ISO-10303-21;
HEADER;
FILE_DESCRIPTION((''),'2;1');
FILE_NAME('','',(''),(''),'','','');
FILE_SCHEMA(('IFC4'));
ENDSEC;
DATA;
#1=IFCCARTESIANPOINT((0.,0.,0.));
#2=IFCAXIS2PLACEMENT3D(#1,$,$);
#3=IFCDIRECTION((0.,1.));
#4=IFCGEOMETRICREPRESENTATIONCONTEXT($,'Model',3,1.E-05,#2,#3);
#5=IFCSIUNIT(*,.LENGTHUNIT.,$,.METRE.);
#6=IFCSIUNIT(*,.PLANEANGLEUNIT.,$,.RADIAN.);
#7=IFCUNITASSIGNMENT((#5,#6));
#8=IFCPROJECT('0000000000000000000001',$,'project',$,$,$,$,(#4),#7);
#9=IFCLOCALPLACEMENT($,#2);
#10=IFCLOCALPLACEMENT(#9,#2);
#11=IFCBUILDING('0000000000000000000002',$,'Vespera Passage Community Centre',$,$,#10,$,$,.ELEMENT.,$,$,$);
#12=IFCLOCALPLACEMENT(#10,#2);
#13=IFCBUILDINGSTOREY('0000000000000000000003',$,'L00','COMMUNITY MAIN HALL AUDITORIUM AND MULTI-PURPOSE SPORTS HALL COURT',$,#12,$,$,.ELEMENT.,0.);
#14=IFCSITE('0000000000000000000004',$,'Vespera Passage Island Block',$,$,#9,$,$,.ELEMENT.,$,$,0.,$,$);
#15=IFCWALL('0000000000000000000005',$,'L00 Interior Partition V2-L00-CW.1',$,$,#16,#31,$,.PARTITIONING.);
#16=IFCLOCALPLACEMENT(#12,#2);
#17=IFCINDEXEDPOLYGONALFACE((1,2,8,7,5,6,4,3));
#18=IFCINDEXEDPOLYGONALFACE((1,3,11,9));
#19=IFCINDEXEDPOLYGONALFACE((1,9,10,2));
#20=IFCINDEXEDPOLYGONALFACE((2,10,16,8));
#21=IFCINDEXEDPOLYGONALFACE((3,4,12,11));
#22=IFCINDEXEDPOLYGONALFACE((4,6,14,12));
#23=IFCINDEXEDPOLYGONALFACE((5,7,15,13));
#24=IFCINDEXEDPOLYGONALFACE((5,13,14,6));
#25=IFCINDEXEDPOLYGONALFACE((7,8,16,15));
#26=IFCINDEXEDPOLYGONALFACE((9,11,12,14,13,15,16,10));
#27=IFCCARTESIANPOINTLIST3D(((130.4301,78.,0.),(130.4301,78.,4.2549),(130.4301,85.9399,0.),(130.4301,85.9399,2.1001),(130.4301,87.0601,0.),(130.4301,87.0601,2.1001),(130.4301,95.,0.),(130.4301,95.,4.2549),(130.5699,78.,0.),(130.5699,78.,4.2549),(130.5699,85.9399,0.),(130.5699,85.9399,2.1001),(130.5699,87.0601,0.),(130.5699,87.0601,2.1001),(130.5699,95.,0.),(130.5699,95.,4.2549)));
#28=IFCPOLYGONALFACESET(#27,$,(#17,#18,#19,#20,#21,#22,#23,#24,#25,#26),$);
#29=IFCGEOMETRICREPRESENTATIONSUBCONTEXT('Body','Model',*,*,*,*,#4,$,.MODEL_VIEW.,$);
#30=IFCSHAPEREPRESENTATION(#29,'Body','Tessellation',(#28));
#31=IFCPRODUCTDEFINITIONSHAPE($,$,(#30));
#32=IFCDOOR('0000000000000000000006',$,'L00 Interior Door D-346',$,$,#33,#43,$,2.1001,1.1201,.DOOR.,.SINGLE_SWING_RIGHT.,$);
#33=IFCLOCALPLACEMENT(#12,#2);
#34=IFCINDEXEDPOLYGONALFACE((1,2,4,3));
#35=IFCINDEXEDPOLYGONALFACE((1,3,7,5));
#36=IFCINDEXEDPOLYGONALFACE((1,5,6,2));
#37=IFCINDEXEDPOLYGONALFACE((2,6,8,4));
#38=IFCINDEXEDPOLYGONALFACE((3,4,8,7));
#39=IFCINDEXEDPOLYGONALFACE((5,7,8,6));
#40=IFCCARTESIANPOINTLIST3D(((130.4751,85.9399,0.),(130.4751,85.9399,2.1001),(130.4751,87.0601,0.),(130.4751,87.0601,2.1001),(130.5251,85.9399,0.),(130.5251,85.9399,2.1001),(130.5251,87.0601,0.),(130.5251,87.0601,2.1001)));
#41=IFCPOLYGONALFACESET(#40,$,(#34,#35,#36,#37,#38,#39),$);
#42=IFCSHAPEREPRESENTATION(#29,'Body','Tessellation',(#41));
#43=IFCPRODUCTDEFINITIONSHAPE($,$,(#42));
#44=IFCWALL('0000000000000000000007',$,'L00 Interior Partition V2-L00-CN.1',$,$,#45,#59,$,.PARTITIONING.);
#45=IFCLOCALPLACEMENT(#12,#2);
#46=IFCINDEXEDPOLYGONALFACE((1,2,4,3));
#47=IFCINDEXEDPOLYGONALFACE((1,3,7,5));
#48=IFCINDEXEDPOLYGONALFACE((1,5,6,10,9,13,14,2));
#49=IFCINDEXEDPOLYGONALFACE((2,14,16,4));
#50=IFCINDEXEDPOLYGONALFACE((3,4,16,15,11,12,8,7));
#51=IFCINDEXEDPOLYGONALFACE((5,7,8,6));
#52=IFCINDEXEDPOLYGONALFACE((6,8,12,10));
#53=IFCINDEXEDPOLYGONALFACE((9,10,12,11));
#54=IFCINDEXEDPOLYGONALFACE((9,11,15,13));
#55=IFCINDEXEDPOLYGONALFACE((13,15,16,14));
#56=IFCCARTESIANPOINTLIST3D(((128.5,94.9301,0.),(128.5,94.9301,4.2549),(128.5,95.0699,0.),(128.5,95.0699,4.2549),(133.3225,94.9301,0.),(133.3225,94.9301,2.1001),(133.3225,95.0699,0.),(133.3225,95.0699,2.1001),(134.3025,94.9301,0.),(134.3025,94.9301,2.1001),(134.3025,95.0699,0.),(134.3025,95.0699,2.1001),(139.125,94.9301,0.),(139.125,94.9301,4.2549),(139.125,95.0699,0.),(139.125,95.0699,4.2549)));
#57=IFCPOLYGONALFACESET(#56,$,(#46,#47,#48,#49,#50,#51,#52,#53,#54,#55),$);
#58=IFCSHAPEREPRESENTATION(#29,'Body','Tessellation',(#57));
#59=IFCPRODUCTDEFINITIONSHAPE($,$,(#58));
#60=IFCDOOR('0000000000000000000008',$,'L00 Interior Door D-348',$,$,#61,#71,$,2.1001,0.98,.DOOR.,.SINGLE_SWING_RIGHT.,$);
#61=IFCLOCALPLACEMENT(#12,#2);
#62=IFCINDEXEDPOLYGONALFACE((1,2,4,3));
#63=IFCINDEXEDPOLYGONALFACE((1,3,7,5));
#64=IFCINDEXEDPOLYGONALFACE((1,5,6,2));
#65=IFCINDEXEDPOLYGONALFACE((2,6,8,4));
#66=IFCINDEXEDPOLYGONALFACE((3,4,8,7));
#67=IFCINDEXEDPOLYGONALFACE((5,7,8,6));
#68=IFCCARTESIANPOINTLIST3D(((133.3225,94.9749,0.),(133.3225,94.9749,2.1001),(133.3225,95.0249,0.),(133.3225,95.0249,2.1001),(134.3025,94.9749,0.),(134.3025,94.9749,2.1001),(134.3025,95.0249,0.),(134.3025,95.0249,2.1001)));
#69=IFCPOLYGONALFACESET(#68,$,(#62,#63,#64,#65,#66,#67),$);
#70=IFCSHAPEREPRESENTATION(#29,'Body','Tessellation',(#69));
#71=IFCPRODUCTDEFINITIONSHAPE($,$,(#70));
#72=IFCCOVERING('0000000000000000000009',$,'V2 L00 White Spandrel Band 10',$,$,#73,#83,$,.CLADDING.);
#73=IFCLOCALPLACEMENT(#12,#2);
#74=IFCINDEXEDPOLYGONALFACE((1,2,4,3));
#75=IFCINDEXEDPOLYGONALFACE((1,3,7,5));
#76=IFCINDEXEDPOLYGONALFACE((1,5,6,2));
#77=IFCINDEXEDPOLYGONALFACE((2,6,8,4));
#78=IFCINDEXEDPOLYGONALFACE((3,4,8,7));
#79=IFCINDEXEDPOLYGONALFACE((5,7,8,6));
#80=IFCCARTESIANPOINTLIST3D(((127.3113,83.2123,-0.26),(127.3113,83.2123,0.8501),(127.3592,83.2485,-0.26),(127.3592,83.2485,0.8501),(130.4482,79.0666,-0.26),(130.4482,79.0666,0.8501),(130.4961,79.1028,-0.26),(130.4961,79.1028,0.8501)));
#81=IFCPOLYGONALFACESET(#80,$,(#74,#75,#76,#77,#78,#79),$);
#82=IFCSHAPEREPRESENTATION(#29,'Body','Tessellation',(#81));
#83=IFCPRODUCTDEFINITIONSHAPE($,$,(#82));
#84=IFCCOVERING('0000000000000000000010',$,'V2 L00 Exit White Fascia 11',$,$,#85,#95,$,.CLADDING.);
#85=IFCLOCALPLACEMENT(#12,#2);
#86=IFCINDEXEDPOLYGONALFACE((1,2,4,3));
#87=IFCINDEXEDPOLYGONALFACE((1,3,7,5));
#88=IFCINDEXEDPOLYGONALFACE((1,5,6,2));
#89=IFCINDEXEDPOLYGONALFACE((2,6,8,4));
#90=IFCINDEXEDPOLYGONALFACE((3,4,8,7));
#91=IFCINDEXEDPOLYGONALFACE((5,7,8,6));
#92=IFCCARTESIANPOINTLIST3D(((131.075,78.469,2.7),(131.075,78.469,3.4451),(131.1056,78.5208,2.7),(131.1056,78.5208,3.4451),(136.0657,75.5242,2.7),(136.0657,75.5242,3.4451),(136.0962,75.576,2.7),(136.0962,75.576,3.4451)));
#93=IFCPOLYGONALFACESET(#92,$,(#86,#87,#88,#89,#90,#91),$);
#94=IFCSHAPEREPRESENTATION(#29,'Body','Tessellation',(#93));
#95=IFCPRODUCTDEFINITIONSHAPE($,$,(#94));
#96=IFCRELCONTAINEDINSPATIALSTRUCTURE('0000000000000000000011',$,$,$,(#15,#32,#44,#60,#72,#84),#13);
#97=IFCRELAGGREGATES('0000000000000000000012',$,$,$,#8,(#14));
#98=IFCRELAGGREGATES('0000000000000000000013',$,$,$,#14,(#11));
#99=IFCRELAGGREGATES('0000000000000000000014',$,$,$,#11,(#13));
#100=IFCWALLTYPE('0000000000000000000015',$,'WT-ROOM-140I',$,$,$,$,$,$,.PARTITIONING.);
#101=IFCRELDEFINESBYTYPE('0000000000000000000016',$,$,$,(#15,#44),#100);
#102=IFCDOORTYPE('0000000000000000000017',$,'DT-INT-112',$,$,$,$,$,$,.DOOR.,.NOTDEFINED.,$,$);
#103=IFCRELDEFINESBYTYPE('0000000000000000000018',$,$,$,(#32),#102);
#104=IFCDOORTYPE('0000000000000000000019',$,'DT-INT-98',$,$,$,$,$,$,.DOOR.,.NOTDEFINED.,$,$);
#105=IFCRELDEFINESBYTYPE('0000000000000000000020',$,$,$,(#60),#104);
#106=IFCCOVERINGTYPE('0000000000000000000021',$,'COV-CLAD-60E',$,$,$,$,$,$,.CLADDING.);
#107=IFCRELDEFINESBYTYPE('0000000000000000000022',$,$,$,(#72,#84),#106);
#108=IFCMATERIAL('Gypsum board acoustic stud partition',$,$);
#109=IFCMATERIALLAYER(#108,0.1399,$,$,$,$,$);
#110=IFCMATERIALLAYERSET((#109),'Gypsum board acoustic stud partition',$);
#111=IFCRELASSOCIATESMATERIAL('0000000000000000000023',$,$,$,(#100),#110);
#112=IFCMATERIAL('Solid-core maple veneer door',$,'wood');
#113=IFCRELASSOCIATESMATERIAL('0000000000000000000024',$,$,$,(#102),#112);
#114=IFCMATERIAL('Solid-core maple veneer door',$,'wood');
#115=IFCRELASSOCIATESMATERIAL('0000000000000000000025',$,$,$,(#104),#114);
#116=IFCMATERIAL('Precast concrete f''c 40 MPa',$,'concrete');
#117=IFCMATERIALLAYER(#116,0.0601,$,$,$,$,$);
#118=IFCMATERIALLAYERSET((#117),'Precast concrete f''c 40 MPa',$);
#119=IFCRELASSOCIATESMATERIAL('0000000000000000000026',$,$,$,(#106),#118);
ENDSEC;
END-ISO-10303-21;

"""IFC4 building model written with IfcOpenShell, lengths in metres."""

from ifc_helpers import new_model, si_unit, direction, frame, frame_2d, origin, place, context, subcontext, project, spatial, rectangle, extrude, material, layer, layer_set, type_object, element, fill, save


model = new_model("IFC4")

# Units and contexts
model_context = context("Model", 3, precision=1e-05, world=origin(), true_north=direction((0.0, 1.0)))
body_context = subcontext(model_context, "Body", "Model", "MODEL_VIEW")
ifc_project = project(units=[si_unit("LENGTHUNIT", "METRE"), si_unit("PLANEANGLEUNIT", "RADIAN")], contexts=[model_context])

# Site, building, storey
site_placement = place(None, origin())
site = spatial("IfcSite", under=ifc_project, at=site_placement, Name="Vespera Passage Island Block", CompositionType="ELEMENT", RefElevation=0.0)
building_placement = place(site_placement, origin())
building = spatial("IfcBuilding", under=site, at=building_placement, Name="Vespera Passage Community Centre", CompositionType="ELEMENT")
storey_placement = place(building_placement, origin())
storey = spatial("IfcBuildingStorey", under=building, at=storey_placement, Name="L00", Description="COMMUNITY MAIN HALL AUDITORIUM AND MULTI-PURPOSE SPORTS HALL COURT", CompositionType="ELEMENT", Elevation=0.0)

# Walls, openings, doors
ifc_material_1 = material(Name="Gypsum board acoustic stud partition")
ifc_layer_1 = layer(ifc_material_1, 0.1399)
ifc_layer_set_1 = layer_set([ifc_layer_1], Name="Gypsum board acoustic stud partition")
wall_type_1 = type_object("IfcWallType", Name="WT-ROOM-140I", PredefinedType="PARTITIONING", material=ifc_layer_set_1)
wall_1_placement = place(storey_placement, frame((130.5, 78.0, 0.0), z_axis=(0.0, 0.0, 1.0), x_axis=(0.0, 1.0, 0.0)))
wall_1 = element("IfcWall", 1, at=wall_1_placement, inside=storey, type_object=wall_type_1, Name="L00 Interior Partition V2-L00-CW.1", PredefinedType="PARTITIONING", context=body_context, shape_type="SweptSolid", body=[
    extrude(rectangle(XDim=17.0, YDim=0.1399, at=frame_2d((8.5, 0.0))), origin(), (0.0, 0.0, 1.0), 4.2549),
])
opening_1_placement = place(wall_1_placement, frame((7.9399, 0.0, 0.0)))
opening_1 = element("IfcOpeningElement", 2, at=opening_1_placement, cuts=wall_1, PredefinedType="OPENING", context=body_context, shape_type="SweptSolid", body=[
    extrude(rectangle(XDim=1.1201, YDim=2.1001, at=frame_2d((0.5601, 1.05))), frame((0.0, 0.0798, 0.0), z_axis=(0.0, -1.0, 0.0), x_axis=(1.0, 0.0, 0.0)), (0.0, 0.0, 1.0), 0.1599),
])
ifc_material_2 = material(Name="Solid-core maple veneer door", Category="wood")
door_type_1 = type_object("IfcDoorType", Name="DT-INT-112", OperationType="NOTDEFINED", PredefinedType="DOOR", material=ifc_material_2)
door_1_placement = place(opening_1_placement, origin())
door_1 = element("IfcDoor", 3, at=door_1_placement, inside=storey, type_object=door_type_1, Name="L00 Interior Door D-346", OperationType="SINGLE_SWING_RIGHT", OverallHeight=2.1001, OverallWidth=1.1201, PredefinedType="DOOR", context=body_context, shape_type="SweptSolid", body=[
    extrude(rectangle(XDim=1.1201, YDim=2.1001, at=frame_2d((0.5601, 1.05))), frame((0.0, 0.0249, 0.0), z_axis=(0.0, -1.0, 0.0), x_axis=(1.0, 0.0, 0.0)), (0.0, 0.0, 1.0), 0.05),
])
fill(opening_1, door_1)
wall_2_placement = place(storey_placement, frame((128.5, 95.0, 0.0), z_axis=(0.0, 0.0, 1.0), x_axis=(1.0, 0.0, 0.0)))
wall_2 = element("IfcWall", 4, at=wall_2_placement, inside=storey, type_object=wall_type_1, Name="L00 Interior Partition V2-L00-CN.1", PredefinedType="PARTITIONING", context=body_context, shape_type="SweptSolid", body=[
    extrude(rectangle(XDim=10.625, YDim=0.1399, at=frame_2d((5.3125, 0.0))), origin(), (0.0, 0.0, 1.0), 4.2549),
])
opening_2_placement = place(wall_2_placement, frame((4.8225, 0.0, 0.0)))
opening_2 = element("IfcOpeningElement", 5, at=opening_2_placement, cuts=wall_2, PredefinedType="OPENING", context=body_context, shape_type="SweptSolid", body=[
    extrude(rectangle(XDim=0.98, YDim=2.1001, at=frame_2d((0.49, 1.05))), frame((0.0, 0.0798, 0.0), z_axis=(0.0, -1.0, 0.0), x_axis=(1.0, 0.0, 0.0)), (0.0, 0.0, 1.0), 0.1599),
])
ifc_material_3 = material(Name="Solid-core maple veneer door", Category="wood")
door_type_2 = type_object("IfcDoorType", Name="DT-INT-98", OperationType="NOTDEFINED", PredefinedType="DOOR", material=ifc_material_3)
door_2_placement = place(opening_2_placement, origin())
door_2 = element("IfcDoor", 6, at=door_2_placement, inside=storey, type_object=door_type_2, Name="L00 Interior Door D-348", OperationType="SINGLE_SWING_RIGHT", OverallHeight=2.1001, OverallWidth=0.98, PredefinedType="DOOR", context=body_context, shape_type="SweptSolid", body=[
    extrude(rectangle(XDim=0.98, YDim=2.1001, at=frame_2d((0.49, 1.05))), frame((0.0, 0.0249, 0.0), z_axis=(0.0, -1.0, 0.0), x_axis=(1.0, 0.0, 0.0)), (0.0, 0.0, 1.0), 0.05),
])
fill(opening_2, door_2)

# Coverings
ifc_material_4 = material(Name="Precast concrete f'c 40 MPa", Category="concrete")
ifc_layer_2 = layer(ifc_material_4, 0.0601)
ifc_layer_set_2 = layer_set([ifc_layer_2], Name="Precast concrete f'c 40 MPa")
covering_type = type_object("IfcCoveringType", Name="COV-CLAD-60E", PredefinedType="CLADDING", material=ifc_layer_set_2)
covering_1_placement = place(storey_placement, frame((130.4722, 79.0847, -0.26), z_axis=(0.0, 0.0, 1.0), x_axis=(-0.603398, 0.79744, 0.0)))
element("IfcCovering", 7, at=covering_1_placement, inside=storey, type_object=covering_type, Name="V2 L00 White Spandrel Band 10", PredefinedType="CLADDING", context=body_context, shape_type="SweptSolid", body=[
    extrude(rectangle(XDim=5.1987, YDim=0.0601, at=frame_2d((2.5994, 0.0))), origin(), (0.0, 0.0, 1.0), 1.1101),
])
covering_2_placement = place(storey_placement, frame((136.0811, 75.55, 2.7), z_axis=(0.0, 0.0, 1.0), x_axis=(-0.861247, 0.508187, 0.0)))
element("IfcCovering", 8, at=covering_2_placement, inside=storey, type_object=covering_type, Name="V2 L00 Exit White Fascia 11", PredefinedType="CLADDING", context=body_context, shape_type="SweptSolid", body=[
    extrude(rectangle(XDim=5.7947, YDim=0.0601, at=frame_2d((2.8975, 0.0))), origin(), (0.0, 0.0, 1.0), 0.7451),
])

save(model, "model.ifc")
